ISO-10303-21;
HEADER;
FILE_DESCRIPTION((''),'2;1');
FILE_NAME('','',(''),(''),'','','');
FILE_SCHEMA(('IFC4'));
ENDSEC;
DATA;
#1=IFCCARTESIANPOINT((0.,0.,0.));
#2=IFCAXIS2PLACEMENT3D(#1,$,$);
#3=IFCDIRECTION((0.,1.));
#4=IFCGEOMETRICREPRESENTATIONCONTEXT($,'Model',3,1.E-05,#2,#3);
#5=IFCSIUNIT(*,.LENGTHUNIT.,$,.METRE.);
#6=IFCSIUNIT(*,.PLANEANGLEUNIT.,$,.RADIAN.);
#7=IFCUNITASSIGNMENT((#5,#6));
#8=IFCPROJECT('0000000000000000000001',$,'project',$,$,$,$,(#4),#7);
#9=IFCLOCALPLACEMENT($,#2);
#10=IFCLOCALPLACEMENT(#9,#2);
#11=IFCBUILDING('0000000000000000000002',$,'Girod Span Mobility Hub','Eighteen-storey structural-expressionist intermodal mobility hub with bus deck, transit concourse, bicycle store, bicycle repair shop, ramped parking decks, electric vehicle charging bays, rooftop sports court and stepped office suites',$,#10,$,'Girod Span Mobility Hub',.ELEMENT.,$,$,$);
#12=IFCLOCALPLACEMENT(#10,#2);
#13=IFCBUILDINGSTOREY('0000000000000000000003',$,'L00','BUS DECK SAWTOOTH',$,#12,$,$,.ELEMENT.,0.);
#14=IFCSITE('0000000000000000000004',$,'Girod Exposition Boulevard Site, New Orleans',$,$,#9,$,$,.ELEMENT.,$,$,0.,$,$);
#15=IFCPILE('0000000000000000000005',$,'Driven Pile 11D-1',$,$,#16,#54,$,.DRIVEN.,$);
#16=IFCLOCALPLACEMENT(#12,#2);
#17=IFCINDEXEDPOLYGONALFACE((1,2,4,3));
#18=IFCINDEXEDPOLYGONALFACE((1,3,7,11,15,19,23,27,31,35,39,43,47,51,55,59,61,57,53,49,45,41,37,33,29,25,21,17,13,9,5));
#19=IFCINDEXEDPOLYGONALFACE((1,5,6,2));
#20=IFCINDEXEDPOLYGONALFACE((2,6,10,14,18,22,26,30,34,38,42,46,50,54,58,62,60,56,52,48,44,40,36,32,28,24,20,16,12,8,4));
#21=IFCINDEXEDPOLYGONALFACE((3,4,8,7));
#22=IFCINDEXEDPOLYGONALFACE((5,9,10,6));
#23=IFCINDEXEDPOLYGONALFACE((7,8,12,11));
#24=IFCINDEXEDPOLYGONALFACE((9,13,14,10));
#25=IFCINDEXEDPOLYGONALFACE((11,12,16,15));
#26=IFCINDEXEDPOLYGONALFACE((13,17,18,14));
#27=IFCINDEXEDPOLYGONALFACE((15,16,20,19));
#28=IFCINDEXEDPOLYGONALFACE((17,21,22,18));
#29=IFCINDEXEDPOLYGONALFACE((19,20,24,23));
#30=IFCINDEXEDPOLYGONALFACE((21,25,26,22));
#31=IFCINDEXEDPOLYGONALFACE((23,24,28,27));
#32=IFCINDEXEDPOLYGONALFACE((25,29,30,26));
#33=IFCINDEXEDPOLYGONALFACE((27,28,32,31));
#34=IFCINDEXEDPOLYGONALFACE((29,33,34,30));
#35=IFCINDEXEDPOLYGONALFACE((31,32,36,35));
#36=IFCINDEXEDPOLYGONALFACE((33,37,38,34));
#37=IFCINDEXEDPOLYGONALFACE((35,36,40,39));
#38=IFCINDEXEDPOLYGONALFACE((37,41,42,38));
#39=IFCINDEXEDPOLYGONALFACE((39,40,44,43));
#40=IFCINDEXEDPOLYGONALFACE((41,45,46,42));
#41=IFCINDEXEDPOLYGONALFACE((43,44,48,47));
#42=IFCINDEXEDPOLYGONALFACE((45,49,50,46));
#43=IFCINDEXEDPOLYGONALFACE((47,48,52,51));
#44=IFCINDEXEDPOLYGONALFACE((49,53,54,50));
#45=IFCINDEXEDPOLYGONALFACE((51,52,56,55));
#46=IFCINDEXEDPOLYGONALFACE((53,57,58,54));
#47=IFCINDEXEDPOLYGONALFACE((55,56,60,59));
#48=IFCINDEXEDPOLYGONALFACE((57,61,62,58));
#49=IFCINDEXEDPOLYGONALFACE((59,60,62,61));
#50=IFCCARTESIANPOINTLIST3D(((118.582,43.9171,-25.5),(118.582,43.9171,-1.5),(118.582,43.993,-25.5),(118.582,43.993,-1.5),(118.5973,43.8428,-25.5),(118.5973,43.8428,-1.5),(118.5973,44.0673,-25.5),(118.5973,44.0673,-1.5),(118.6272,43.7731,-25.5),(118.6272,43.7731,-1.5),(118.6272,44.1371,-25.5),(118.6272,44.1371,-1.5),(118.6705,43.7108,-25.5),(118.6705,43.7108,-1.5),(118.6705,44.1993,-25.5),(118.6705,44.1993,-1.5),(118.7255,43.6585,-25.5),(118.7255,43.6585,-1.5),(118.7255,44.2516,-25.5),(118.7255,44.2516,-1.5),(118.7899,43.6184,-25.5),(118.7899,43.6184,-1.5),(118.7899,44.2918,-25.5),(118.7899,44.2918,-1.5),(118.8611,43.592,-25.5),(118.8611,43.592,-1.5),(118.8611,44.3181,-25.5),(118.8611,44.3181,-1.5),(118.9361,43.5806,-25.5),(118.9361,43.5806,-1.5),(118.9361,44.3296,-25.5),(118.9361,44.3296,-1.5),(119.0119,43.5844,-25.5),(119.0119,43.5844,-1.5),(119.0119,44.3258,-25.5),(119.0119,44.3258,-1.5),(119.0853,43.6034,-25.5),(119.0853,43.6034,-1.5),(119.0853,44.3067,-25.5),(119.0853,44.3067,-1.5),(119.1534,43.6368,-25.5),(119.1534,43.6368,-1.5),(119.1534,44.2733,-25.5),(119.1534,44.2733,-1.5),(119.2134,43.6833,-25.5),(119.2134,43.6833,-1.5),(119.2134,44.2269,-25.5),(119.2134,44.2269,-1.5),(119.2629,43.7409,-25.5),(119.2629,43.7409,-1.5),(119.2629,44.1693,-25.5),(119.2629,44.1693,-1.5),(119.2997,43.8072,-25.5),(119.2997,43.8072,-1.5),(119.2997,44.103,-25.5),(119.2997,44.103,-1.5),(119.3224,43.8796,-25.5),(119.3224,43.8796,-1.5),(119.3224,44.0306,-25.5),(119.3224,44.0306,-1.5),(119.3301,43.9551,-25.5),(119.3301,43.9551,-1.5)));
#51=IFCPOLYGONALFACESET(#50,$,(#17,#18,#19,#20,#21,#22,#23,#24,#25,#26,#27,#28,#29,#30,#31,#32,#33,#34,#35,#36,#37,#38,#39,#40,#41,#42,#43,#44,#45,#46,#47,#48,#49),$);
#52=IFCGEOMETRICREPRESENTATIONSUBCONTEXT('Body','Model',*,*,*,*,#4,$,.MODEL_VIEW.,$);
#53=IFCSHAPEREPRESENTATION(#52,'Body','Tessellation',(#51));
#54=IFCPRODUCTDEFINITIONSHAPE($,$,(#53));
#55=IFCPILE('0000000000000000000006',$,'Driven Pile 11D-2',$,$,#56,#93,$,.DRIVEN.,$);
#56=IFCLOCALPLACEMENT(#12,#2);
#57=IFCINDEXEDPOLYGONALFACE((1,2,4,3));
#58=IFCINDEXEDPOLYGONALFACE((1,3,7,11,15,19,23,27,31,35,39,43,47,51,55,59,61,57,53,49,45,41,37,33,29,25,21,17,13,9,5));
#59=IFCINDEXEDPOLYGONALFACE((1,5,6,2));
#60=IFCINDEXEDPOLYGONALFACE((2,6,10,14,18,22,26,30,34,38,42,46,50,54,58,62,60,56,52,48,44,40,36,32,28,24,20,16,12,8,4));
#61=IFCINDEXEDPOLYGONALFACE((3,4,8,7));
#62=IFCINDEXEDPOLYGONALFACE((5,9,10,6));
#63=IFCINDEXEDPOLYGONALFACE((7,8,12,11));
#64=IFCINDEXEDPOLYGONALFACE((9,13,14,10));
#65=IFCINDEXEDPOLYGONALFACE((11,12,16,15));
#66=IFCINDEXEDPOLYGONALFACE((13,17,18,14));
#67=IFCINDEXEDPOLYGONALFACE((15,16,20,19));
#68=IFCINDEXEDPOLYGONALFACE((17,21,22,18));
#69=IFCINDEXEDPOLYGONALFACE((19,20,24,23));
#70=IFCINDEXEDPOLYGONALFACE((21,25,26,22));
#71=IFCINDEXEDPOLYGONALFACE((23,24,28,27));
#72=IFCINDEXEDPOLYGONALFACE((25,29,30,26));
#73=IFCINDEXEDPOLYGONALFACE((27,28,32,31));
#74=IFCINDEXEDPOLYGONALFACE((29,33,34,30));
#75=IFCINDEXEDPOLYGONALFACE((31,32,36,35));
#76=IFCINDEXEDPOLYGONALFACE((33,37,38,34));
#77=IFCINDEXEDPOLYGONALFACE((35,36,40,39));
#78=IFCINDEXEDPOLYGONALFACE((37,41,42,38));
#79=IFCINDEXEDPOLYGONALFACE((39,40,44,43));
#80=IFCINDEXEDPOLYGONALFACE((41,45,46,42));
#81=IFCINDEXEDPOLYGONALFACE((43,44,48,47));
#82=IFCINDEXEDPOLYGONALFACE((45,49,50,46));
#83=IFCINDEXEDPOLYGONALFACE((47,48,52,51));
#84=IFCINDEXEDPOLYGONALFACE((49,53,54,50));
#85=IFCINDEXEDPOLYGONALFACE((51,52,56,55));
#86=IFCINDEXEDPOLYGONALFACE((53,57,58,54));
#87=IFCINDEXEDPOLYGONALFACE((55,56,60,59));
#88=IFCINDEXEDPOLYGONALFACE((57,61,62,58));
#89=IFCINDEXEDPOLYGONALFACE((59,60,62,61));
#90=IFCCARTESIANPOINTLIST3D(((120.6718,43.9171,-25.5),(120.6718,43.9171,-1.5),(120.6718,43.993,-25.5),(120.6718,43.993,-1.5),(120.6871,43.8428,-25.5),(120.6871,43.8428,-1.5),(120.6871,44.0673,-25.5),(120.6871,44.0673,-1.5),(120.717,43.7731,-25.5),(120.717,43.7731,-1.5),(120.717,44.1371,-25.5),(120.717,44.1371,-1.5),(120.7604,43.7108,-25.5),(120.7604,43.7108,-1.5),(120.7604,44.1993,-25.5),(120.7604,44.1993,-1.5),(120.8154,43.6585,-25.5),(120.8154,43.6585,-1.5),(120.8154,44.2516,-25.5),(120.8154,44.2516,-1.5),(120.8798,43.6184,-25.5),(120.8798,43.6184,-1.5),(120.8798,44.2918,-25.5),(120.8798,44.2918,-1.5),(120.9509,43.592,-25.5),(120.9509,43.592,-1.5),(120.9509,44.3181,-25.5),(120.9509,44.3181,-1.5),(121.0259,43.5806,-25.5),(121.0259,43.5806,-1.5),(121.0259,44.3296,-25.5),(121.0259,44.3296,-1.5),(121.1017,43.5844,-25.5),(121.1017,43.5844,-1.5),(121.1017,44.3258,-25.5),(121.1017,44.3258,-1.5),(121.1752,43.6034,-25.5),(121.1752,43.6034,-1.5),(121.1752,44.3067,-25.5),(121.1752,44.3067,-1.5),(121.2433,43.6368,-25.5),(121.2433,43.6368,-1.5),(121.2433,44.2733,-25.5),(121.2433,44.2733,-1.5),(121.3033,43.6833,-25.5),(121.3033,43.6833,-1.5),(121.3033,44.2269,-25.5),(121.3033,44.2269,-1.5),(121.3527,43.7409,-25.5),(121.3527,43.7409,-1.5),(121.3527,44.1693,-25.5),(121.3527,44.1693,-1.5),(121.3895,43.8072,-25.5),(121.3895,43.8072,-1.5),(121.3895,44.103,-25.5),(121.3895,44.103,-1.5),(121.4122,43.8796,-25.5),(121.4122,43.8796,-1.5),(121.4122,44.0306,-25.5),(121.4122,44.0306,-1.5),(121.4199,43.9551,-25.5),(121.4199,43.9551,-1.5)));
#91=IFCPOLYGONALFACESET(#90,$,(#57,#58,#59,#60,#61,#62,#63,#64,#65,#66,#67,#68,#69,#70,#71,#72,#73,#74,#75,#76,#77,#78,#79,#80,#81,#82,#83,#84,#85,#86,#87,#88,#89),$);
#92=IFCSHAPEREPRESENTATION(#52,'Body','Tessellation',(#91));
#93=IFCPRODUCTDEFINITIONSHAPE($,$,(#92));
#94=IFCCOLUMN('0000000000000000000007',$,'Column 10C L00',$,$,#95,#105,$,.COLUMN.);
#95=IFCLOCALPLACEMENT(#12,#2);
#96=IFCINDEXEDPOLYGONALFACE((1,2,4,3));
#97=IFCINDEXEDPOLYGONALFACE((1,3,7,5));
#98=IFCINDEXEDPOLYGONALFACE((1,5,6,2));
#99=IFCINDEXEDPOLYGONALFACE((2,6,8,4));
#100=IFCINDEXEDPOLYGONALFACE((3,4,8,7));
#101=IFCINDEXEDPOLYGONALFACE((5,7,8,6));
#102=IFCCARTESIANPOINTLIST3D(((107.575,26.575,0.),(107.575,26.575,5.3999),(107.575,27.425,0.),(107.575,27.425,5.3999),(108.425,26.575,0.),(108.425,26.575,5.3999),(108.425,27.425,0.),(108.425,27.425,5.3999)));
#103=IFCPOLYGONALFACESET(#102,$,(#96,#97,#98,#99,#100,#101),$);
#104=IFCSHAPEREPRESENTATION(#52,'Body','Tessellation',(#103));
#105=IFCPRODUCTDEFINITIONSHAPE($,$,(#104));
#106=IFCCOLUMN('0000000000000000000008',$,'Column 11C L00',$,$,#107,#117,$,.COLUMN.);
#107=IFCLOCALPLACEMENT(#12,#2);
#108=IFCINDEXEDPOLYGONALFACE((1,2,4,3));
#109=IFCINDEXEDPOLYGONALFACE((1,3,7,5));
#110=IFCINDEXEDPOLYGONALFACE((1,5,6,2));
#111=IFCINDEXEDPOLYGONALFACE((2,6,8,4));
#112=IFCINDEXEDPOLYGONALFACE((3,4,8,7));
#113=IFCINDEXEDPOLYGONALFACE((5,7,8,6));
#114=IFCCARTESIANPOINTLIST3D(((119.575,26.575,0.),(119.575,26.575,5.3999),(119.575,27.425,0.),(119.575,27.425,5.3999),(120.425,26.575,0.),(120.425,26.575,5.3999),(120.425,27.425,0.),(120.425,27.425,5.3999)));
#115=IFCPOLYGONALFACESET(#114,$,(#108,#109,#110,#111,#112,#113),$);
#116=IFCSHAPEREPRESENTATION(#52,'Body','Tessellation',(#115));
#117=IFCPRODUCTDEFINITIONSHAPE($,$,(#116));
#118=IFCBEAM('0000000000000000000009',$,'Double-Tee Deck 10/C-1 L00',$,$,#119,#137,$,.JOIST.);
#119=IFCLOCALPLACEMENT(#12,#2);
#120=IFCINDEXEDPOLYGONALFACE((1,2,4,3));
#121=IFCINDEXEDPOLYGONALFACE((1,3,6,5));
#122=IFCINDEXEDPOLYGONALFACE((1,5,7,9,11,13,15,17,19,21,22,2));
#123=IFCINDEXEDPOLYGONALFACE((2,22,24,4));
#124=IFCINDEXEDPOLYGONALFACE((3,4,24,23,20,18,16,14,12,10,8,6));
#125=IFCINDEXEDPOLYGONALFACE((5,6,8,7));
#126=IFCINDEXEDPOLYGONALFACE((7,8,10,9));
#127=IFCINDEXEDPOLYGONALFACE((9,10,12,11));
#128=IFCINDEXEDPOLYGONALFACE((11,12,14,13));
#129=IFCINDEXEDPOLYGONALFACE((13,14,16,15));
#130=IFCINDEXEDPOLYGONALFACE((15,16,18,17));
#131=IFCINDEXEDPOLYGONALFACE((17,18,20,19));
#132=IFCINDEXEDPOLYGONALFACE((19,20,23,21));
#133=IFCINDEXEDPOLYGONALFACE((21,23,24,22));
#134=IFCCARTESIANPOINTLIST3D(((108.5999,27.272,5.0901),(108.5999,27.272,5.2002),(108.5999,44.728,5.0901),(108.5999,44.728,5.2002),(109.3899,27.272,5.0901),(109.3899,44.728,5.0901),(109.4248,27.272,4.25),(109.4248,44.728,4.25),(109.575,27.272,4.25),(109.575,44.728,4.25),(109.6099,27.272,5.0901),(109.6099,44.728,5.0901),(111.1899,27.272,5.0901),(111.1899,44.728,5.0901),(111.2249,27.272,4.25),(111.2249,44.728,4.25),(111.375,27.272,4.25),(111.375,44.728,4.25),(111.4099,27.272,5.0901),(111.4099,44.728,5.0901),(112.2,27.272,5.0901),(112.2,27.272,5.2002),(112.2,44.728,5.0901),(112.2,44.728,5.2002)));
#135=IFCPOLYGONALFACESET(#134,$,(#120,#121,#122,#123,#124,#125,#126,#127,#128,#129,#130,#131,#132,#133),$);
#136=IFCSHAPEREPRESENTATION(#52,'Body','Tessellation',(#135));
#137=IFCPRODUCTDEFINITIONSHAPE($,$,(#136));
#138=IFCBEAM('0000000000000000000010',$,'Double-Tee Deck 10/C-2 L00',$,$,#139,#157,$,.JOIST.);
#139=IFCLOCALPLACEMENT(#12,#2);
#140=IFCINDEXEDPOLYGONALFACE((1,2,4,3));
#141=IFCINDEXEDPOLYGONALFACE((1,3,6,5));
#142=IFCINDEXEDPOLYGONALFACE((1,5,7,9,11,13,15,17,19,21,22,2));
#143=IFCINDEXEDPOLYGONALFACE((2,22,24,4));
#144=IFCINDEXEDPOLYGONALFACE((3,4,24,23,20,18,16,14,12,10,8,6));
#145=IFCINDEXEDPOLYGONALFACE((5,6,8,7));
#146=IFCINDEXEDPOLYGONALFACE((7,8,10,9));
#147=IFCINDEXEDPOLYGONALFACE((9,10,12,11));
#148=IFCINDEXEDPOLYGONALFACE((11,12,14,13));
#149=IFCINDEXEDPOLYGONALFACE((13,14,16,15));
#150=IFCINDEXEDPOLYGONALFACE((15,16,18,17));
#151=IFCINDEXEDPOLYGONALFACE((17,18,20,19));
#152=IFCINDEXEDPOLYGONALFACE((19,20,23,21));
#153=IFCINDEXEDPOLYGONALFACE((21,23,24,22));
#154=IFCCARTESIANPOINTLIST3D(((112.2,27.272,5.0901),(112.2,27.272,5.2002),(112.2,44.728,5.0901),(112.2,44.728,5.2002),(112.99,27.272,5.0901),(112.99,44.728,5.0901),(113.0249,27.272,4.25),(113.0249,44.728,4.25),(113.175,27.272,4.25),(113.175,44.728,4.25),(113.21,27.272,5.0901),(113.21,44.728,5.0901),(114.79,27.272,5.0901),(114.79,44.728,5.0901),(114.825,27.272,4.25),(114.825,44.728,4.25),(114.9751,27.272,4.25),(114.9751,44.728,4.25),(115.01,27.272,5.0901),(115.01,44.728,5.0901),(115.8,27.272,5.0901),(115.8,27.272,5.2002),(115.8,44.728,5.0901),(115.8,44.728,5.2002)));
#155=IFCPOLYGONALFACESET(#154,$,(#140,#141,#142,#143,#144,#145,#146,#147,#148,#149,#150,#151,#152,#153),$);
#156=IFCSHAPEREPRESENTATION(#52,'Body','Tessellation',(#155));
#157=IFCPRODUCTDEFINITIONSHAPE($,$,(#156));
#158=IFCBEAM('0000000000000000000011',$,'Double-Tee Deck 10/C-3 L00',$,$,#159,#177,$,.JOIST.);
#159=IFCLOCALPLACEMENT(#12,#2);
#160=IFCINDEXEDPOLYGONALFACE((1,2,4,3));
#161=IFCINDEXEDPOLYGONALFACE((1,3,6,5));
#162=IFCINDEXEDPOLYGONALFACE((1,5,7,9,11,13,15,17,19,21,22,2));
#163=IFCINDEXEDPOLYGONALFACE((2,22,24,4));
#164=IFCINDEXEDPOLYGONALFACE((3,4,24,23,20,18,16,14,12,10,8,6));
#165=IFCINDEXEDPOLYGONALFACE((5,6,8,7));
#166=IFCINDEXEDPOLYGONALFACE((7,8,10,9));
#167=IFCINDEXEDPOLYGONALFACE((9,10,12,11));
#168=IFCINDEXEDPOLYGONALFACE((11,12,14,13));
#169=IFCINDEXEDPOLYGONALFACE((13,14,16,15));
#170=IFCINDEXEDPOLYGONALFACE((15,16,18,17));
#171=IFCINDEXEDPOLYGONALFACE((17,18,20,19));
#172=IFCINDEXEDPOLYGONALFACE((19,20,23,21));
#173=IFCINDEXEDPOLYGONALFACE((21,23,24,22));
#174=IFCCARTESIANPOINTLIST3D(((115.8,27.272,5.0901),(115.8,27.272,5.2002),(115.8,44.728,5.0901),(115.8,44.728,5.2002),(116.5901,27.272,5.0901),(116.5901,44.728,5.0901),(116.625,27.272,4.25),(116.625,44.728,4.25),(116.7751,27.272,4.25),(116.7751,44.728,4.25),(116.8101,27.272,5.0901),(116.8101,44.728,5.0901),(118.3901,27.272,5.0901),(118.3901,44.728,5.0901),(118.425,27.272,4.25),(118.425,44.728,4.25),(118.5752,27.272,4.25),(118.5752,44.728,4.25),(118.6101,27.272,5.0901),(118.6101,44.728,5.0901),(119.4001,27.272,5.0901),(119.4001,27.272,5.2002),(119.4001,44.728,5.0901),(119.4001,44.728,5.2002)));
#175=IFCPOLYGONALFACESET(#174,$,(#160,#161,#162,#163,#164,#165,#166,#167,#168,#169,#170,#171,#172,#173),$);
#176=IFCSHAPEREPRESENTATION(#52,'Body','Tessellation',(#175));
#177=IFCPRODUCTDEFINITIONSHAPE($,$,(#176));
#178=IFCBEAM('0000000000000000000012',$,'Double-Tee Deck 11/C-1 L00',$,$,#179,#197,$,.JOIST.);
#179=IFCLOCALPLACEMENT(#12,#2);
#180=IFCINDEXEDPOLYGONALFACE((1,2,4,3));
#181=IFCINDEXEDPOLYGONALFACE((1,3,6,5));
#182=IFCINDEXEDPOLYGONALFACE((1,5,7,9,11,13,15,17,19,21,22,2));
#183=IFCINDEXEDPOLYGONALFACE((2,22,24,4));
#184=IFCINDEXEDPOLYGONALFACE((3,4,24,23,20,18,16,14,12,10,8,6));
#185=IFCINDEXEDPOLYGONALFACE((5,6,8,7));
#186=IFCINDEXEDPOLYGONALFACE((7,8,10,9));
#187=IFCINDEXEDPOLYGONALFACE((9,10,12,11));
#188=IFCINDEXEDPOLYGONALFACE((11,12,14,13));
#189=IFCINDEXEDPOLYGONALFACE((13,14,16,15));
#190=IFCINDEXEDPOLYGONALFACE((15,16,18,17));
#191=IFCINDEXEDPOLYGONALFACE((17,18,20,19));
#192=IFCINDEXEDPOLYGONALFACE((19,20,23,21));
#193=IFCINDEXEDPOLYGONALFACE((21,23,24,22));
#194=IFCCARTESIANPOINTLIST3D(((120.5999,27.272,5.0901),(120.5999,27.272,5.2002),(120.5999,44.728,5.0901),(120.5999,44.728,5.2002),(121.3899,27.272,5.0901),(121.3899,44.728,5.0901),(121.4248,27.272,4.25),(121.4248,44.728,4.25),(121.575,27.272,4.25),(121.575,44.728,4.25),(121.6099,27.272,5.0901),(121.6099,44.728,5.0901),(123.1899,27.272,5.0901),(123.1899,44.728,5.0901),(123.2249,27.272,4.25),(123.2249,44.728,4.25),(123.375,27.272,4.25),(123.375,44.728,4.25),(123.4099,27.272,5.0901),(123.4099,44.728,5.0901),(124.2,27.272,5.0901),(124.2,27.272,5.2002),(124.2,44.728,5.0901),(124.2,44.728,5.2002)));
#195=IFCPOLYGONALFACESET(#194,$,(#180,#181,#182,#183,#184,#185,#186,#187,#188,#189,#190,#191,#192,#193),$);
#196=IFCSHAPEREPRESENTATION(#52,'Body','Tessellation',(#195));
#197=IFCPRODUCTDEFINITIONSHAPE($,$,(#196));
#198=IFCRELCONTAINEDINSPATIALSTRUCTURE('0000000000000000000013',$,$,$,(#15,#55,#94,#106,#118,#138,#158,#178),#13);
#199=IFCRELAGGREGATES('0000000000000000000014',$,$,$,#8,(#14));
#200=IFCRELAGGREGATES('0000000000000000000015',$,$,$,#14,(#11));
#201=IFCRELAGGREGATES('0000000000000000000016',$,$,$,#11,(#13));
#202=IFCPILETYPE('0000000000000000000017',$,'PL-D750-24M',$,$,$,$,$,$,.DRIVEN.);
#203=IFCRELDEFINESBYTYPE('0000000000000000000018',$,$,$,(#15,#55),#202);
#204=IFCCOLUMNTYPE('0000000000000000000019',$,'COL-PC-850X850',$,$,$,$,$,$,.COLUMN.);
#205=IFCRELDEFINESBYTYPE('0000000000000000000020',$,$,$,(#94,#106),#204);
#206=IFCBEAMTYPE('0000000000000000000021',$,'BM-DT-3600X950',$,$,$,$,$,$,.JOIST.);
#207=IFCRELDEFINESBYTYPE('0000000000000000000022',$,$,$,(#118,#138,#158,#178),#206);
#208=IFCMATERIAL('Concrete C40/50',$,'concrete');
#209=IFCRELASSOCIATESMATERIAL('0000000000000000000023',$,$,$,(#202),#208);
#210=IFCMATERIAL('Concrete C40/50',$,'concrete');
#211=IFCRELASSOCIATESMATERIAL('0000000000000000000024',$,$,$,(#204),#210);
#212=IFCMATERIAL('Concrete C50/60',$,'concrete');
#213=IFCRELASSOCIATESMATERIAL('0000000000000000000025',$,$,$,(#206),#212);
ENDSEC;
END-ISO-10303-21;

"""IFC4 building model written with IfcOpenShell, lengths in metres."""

from ifc_helpers import new_model, si_unit, direction, frame, origin, origin_2d, place, context, subcontext, project, spatial, polyline, rectangle, circle, outline, extrude, material, material_profile, profile_set, type_object, element, save


model = new_model("IFC4")

# Units and contexts
model_context = context("Model", 3, precision=1e-05, world=origin(), true_north=direction((0.0, 1.0)))
body_context = subcontext(model_context, "Body", "Model", "MODEL_VIEW")
ifc_project = project(units=[si_unit("LENGTHUNIT", "METRE"), si_unit("PLANEANGLEUNIT", "RADIAN")], contexts=[model_context])

# Site, building, storey
site_placement = place(None, origin())
site = spatial("IfcSite", under=ifc_project, at=site_placement, Name="Girod Exposition Boulevard Site, New Orleans", CompositionType="ELEMENT", RefElevation=0.0)
building_placement = place(site_placement, origin())
building = spatial("IfcBuilding", under=site, at=building_placement, Name="Girod Span Mobility Hub", Description="Eighteen-storey structural-expressionist intermodal mobility hub with bus deck, transit concourse, bicycle store, bicycle repair shop, ramped parking decks, electric vehicle charging bays, rooftop sports court and stepped office suites", LongName="Girod Span Mobility Hub", CompositionType="ELEMENT")
storey_placement = place(building_placement, origin())
storey = spatial("IfcBuildingStorey", under=building, at=storey_placement, Name="L00", Description="BUS DECK SAWTOOTH", CompositionType="ELEMENT", Elevation=0.0)

# Piles
ifc_material_1 = material(Name="Concrete C40/50", Category="concrete")
ifc_material_profile_1 = material_profile(ifc_material_1, circle(Radius=0.375, at=origin_2d()), Name="PILE-D750")
ifc_profile_set_1 = profile_set([ifc_material_profile_1], Name="Concrete C40/50")
pile_type_1 = type_object("IfcPileType", Name="PL-D750-24M", PredefinedType="DRIVEN", material=ifc_profile_set_1)
for number, where, z_axis, x_axis, name in (
    (1, (118.9551, 43.9551, -1.5), (0.0, 0.0, -1.0), (1.0, 0.0, 0.0), "Driven Pile 11D-1"),
    (2, (121.0449, 43.9551, -1.5), (0.0, 0.0, -1.0), (1.0, 0.0, 0.0), "Driven Pile 11D-2"),
):
    element("IfcPile", number, at=place(storey_placement, frame(where, z_axis=z_axis, x_axis=x_axis)), inside=storey, type_object=pile_type_1, Name=name, PredefinedType="DRIVEN", context=body_context, shape_type="SweptSolid", body=[
        extrude(circle(Radius=0.375, at=origin_2d()), origin(), (0.0, 0.0, 1.0), 24.0),
    ])

# Columns
ifc_material_2 = material(Name="Concrete C40/50", Category="concrete")
ifc_material_profile_2 = material_profile(ifc_material_2, rectangle(XDim=0.8501, YDim=0.8501, at=origin_2d()), Name="PC-COL-850X850")
ifc_profile_set_2 = profile_set([ifc_material_profile_2], Name="Concrete C40/50")
column_type = type_object("IfcColumnType", Name="COL-PC-850X850", PredefinedType="COLUMN", material=ifc_profile_set_2)
for number, where, z_axis, x_axis, name in (
    (3, (108.0, 27.0, 0.0), (0.0, 0.0, 1.0), (1.0, 0.0, 0.0), "Column 10C L00"),
    (4, (120.0, 27.0, 0.0), (0.0, 0.0, 1.0), (1.0, 0.0, 0.0), "Column 11C L00"),
):
    element("IfcColumn", number, at=place(storey_placement, frame(where, z_axis=z_axis, x_axis=x_axis)), inside=storey, type_object=column_type, Name=name, PredefinedType="COLUMN", context=body_context, shape_type="SweptSolid", body=[
        extrude(rectangle(XDim=0.8501, YDim=0.8501, at=origin_2d()), origin(), (0.0, 0.0, 1.0), 5.3999),
    ])

# Beams
ifc_material_3 = material(Name="Concrete C50/60", Category="concrete")
ifc_material_profile_3 = material_profile(ifc_material_3, outline(polyline([(-1.8, 0.4751), (-1.8, 0.365), (-1.01, 0.365), (-0.9751, -0.4751), (-0.825, -0.4751), (-0.79, 0.365), (0.79, 0.365), (0.825, -0.4751), (0.9751, -0.4751), (1.01, 0.365), (1.8, 0.365), (1.8, 0.4751), (-1.8, 0.4751)])), Name="DT-3600X950")
ifc_profile_set_3 = profile_set([ifc_material_profile_3], Name="Concrete C50/60")
beam_type_1 = type_object("IfcBeamType", Name="BM-DT-3600X950", PredefinedType="JOIST", material=ifc_profile_set_3)
for number, where, z_axis, x_axis, name in (
    (5, (110.3999, 27.272, 4.7251), (0.0, 1.0, 0.0), (-1.0, 0.0, 0.0), "Double-Tee Deck 10/C-1 L00"),
    (6, (114.0, 27.272, 4.7251), (0.0, 1.0, 0.0), (-1.0, 0.0, 0.0), "Double-Tee Deck 10/C-2 L00"),
    (7, (117.6001, 27.272, 4.7251), (0.0, 1.0, 0.0), (-1.0, 0.0, 0.0), "Double-Tee Deck 10/C-3 L00"),
    (8, (122.3999, 27.272, 4.7251), (0.0, 1.0, 0.0), (-1.0, 0.0, 0.0), "Double-Tee Deck 11/C-1 L00"),
):
    element("IfcBeam", number, at=place(storey_placement, frame(where, z_axis=z_axis, x_axis=x_axis)), inside=storey, type_object=beam_type_1, Name=name, PredefinedType="JOIST", context=body_context, shape_type="SweptSolid", body=[
        extrude(outline(polyline([(-1.8, 0.4751), (-1.8, 0.365), (-1.01, 0.365), (-0.9751, -0.4751), (-0.825, -0.4751), (-0.79, 0.365), (0.79, 0.365), (0.825, -0.4751), (0.9751, -0.4751), (1.01, 0.365), (1.8, 0.365), (1.8, 0.4751), (-1.8, 0.4751)])), origin(), (0.0, 0.0, 1.0), 17.4561),
    ])

save(model, "model.ifc")
